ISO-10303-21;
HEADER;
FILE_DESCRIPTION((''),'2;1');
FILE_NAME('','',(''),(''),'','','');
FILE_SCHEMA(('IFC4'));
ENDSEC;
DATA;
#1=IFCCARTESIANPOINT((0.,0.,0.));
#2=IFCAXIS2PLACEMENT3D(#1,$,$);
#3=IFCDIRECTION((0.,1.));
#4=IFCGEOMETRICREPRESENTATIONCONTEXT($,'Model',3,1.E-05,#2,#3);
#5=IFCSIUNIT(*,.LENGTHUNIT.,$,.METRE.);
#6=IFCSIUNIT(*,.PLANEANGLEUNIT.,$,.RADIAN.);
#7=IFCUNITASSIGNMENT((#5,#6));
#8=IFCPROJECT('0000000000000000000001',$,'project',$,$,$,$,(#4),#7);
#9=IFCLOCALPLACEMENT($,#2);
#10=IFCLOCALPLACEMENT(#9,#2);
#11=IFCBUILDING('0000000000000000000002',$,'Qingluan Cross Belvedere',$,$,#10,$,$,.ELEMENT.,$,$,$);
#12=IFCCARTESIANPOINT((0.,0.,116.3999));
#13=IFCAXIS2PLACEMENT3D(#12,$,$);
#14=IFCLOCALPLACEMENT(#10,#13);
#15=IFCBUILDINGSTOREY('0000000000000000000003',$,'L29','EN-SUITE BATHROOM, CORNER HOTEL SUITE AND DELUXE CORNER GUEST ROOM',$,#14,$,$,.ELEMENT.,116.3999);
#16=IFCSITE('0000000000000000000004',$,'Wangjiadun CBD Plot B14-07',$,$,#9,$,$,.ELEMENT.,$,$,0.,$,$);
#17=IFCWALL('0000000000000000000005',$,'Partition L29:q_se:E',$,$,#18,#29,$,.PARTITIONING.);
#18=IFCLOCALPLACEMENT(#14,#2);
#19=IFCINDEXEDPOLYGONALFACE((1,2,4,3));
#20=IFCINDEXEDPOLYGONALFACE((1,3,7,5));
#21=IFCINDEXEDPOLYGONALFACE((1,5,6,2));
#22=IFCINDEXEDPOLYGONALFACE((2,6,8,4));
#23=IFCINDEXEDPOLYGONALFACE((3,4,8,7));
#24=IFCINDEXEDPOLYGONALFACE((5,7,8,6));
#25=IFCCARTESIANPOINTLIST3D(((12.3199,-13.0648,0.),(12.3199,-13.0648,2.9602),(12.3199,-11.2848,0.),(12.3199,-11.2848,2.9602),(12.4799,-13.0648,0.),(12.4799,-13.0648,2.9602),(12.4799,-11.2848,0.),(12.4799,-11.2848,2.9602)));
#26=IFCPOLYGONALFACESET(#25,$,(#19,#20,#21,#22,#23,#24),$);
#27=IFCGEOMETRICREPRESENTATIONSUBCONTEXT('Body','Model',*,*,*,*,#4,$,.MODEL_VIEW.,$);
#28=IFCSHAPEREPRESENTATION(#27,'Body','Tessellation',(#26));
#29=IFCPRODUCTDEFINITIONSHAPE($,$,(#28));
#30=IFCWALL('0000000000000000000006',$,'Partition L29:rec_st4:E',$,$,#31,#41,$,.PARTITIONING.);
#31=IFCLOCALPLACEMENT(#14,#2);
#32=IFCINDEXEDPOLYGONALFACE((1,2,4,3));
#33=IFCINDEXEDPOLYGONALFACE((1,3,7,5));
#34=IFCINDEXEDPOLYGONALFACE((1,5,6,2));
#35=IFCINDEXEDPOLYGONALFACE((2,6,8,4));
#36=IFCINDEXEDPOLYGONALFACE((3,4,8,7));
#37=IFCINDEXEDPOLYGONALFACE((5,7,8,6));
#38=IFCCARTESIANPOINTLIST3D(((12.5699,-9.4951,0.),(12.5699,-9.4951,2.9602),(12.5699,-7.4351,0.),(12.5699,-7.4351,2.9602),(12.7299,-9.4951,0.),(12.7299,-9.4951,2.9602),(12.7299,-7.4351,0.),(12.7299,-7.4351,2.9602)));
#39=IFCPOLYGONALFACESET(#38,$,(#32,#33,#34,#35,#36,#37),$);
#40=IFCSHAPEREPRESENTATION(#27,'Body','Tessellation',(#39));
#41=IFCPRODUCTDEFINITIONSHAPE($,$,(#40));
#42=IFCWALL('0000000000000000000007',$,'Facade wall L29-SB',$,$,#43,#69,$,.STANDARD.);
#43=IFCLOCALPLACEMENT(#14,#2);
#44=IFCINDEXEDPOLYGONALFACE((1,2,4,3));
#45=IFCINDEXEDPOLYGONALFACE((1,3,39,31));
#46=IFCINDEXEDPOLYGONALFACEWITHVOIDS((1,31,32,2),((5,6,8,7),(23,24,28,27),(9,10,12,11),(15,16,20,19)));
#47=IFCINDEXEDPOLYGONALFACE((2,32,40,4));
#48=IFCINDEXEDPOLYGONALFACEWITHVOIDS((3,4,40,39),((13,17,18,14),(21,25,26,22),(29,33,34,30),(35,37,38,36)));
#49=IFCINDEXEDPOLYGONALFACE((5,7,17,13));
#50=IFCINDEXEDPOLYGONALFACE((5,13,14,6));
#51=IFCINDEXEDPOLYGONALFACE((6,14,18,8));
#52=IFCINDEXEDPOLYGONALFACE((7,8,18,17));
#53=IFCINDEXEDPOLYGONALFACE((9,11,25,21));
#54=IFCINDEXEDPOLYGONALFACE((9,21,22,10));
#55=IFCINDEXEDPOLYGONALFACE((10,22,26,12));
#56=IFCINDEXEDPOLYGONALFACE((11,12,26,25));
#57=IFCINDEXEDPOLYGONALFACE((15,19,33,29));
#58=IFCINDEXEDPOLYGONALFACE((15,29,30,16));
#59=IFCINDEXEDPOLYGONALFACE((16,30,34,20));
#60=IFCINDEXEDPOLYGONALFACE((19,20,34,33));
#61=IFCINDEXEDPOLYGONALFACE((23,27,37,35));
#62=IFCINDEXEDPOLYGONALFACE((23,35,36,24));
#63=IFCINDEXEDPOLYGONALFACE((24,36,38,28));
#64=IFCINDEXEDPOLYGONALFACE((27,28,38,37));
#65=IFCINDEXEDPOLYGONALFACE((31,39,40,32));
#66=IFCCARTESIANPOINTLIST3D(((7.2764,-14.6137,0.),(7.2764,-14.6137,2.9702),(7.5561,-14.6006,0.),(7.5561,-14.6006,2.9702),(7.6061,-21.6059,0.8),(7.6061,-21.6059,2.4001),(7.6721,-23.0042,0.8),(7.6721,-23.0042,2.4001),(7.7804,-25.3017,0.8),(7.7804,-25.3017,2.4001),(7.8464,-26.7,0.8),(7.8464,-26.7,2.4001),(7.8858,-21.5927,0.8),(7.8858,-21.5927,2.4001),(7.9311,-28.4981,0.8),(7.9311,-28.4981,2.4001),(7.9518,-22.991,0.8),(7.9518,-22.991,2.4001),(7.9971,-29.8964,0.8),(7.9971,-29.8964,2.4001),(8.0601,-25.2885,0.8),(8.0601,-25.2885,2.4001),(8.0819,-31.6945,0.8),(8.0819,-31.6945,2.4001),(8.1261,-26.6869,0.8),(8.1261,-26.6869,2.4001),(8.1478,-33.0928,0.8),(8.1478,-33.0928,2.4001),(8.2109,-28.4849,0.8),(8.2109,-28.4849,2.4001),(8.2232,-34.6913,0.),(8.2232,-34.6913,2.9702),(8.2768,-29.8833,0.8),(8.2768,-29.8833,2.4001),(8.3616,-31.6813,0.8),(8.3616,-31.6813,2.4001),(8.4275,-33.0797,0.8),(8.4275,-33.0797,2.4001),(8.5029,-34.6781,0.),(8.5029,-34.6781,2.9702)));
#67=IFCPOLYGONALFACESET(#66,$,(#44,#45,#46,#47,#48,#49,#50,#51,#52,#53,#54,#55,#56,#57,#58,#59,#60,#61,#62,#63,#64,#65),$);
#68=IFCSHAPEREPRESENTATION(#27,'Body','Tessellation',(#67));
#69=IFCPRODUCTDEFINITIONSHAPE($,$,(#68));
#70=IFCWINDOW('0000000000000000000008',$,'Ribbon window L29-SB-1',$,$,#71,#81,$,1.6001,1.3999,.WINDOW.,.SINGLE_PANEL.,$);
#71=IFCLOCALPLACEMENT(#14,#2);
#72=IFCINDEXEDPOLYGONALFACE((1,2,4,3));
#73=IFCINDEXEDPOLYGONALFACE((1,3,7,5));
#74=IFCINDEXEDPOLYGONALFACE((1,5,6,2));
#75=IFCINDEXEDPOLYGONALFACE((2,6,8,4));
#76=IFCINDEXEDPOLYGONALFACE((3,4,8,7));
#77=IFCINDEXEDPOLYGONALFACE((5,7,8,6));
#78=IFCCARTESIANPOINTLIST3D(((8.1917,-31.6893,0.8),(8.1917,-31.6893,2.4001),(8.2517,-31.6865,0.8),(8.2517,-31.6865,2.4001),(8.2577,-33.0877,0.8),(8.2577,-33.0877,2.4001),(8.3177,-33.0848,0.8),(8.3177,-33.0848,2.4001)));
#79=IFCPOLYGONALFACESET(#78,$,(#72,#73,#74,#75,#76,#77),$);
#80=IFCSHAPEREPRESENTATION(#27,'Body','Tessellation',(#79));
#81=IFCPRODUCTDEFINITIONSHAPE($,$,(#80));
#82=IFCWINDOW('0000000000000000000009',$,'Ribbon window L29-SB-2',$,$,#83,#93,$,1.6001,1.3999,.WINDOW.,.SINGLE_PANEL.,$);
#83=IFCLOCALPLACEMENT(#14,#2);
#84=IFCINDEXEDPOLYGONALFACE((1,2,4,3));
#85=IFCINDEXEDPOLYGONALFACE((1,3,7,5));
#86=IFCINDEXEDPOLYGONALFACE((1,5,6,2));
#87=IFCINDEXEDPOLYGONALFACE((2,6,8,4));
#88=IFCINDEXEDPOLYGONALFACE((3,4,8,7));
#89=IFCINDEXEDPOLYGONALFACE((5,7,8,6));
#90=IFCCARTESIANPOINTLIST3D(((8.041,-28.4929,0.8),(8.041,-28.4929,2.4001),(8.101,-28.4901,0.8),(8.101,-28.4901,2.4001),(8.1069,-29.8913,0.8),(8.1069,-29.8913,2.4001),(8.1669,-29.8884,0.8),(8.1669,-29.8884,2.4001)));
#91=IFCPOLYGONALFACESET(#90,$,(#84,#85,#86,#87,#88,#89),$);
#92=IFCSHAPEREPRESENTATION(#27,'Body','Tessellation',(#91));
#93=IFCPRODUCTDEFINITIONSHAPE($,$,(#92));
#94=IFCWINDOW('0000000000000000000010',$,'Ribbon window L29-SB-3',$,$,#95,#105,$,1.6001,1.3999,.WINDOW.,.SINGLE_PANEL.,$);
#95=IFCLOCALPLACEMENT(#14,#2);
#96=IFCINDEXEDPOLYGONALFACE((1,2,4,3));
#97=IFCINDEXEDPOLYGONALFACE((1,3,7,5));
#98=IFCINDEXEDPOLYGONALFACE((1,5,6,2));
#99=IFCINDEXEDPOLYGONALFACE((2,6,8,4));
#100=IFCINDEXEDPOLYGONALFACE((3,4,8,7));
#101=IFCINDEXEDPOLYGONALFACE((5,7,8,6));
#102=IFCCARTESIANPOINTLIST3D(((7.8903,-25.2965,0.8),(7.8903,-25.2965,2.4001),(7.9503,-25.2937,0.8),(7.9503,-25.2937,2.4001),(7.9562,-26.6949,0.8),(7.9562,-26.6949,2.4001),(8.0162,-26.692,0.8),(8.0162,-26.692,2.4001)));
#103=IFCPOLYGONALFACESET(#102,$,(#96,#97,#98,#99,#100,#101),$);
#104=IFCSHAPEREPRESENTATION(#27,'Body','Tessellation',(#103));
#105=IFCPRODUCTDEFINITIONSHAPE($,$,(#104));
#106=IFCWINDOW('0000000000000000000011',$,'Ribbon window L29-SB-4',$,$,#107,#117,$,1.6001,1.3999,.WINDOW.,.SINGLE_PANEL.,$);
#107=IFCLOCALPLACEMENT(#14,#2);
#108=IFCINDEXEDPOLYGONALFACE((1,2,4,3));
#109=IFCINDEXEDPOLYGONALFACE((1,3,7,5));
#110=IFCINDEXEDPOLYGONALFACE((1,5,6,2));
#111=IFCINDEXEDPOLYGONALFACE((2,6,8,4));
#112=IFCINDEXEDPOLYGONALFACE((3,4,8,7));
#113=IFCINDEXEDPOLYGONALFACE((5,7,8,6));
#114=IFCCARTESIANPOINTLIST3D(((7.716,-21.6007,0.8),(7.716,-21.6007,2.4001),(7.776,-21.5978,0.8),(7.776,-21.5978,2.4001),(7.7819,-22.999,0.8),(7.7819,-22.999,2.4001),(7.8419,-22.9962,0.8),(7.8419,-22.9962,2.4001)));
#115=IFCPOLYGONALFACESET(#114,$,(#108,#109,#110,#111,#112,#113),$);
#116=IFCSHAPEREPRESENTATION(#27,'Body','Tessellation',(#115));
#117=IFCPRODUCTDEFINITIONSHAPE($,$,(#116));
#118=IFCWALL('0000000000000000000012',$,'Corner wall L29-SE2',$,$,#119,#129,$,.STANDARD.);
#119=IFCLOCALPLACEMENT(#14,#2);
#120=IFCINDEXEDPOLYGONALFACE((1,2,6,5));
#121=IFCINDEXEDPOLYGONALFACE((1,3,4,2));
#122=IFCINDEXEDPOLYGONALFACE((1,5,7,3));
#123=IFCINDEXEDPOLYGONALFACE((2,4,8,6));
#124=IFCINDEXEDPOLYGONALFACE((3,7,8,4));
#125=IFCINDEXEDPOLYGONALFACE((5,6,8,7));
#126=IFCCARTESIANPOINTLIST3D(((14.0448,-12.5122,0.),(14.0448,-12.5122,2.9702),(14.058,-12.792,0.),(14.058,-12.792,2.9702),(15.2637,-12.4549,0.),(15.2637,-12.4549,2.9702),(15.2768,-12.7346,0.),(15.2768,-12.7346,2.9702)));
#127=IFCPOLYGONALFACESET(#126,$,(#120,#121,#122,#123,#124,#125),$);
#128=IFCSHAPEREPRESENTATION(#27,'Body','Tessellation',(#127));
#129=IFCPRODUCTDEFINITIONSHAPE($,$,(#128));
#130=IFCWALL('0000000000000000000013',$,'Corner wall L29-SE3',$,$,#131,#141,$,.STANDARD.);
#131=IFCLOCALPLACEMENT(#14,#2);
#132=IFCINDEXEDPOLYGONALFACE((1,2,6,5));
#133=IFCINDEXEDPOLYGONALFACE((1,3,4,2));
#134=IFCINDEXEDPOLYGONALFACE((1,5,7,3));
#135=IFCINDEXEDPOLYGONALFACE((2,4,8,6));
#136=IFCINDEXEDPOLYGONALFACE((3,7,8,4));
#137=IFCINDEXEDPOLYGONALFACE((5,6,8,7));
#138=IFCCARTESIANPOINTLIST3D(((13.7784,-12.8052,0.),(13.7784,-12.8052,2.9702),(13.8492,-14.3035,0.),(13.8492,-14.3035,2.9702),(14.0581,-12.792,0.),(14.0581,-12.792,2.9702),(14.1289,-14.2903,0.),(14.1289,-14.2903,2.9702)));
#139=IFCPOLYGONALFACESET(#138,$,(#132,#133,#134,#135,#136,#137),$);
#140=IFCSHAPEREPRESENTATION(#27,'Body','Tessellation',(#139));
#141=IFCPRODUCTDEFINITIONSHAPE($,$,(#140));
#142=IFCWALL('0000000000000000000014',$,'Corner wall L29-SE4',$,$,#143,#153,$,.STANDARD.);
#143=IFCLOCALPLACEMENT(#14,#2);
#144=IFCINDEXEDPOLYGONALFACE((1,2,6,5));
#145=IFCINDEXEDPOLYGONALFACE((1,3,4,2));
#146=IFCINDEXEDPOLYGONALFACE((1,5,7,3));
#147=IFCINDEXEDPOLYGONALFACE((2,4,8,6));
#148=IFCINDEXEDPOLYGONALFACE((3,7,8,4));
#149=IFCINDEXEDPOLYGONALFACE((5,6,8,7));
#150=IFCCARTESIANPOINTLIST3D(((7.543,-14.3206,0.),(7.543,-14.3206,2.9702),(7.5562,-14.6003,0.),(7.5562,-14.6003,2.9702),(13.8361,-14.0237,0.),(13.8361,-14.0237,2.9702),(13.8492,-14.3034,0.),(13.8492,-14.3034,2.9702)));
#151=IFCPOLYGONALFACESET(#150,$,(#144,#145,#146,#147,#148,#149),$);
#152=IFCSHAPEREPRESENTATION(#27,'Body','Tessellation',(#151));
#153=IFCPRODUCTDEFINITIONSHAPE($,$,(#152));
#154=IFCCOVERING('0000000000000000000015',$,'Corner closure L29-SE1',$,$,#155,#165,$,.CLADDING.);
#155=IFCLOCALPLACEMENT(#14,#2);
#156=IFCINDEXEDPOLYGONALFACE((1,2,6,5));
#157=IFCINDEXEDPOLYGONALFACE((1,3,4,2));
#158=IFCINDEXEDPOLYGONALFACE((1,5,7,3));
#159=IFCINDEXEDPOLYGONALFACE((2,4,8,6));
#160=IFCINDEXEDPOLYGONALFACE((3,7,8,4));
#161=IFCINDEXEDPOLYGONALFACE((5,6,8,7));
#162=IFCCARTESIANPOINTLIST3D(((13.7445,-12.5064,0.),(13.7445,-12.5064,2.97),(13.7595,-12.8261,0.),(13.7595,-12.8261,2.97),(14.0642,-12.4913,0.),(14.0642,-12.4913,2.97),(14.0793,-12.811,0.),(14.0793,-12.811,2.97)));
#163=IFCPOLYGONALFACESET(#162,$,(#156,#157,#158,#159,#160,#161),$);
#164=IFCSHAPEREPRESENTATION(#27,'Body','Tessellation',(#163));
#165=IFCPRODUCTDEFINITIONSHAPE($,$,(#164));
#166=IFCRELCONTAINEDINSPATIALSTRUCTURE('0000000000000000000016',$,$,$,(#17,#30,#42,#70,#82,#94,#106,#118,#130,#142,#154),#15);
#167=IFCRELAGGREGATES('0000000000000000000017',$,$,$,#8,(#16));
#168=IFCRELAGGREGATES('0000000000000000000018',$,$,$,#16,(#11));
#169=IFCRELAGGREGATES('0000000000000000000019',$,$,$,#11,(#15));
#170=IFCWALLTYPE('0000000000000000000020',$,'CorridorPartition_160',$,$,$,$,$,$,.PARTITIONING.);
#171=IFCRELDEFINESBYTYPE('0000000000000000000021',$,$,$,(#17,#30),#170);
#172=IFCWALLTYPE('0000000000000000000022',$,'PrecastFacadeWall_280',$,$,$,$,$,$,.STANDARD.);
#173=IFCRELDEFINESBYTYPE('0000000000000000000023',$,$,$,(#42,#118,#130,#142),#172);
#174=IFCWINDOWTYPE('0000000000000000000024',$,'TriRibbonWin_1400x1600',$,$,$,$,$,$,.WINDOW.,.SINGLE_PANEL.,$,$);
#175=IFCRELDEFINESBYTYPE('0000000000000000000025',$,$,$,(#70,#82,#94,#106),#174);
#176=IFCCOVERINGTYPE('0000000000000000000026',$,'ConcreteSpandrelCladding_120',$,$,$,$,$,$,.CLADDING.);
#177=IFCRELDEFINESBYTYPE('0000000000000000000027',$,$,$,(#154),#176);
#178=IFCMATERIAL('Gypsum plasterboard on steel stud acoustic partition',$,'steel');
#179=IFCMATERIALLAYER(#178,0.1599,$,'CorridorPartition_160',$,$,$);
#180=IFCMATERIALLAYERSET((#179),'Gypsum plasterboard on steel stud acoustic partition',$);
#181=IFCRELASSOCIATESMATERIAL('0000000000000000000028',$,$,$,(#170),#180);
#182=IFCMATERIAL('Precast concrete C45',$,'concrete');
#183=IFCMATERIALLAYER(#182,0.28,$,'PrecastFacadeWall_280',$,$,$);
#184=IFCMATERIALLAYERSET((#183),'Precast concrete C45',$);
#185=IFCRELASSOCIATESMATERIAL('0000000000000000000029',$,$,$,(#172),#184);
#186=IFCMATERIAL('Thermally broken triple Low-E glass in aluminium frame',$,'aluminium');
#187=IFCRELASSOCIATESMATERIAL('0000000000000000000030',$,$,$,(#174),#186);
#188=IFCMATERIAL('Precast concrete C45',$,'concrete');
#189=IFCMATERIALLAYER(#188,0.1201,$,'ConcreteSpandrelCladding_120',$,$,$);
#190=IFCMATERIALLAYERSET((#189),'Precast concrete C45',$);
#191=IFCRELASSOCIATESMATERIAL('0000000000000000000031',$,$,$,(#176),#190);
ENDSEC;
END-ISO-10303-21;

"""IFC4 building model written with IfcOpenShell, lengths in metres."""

from ifc_helpers import new_model, si_unit, direction, frame, frame_2d, origin, origin_2d, place, context, subcontext, project, spatial, rectangle, extrude, material, layer, layer_set, type_object, element, fill, save


model = new_model("IFC4")

# Units and contexts
model_context = context("Model", 3, precision=1e-05, world=origin(), true_north=direction((0.0, 1.0)))
body_context = subcontext(model_context, "Body", "Model", "MODEL_VIEW")
ifc_project = project(units=[si_unit("LENGTHUNIT", "METRE"), si_unit("PLANEANGLEUNIT", "RADIAN")], contexts=[model_context])

# Site, building, storey
site_placement = place(None, origin())
site = spatial("IfcSite", under=ifc_project, at=site_placement, Name="Wangjiadun CBD Plot B14-07", CompositionType="ELEMENT", RefElevation=0.0)
building_placement = place(site_placement, origin())
building = spatial("IfcBuilding", under=site, at=building_placement, Name="Qingluan Cross Belvedere", CompositionType="ELEMENT")
storey_placement = place(building_placement, frame((0.0, 0.0, 116.3999)))
storey = spatial("IfcBuildingStorey", under=building, at=storey_placement, Name="L29", Description="EN-SUITE BATHROOM, CORNER HOTEL SUITE AND DELUXE CORNER GUEST ROOM", CompositionType="ELEMENT", Elevation=116.3999)

# Walls
ifc_material_1 = material(Name="Gypsum plasterboard on steel stud acoustic partition", Category="steel")
ifc_layer_1 = layer(ifc_material_1, 0.1599, Name="CorridorPartition_160")
ifc_layer_set_1 = layer_set([ifc_layer_1], Name="Gypsum plasterboard on steel stud acoustic partition")
wall_type_1 = type_object("IfcWallType", Name="CorridorPartition_160", PredefinedType="PARTITIONING", material=ifc_layer_set_1)
wall_1_placement = place(storey_placement, frame((12.3999, -13.0649, 0.0), z_axis=(0.0, 0.0, 1.0), x_axis=(0.0, 1.0, 0.0)))
element("IfcWall", 1, at=wall_1_placement, inside=storey, type_object=wall_type_1, Name="Partition L29:q_se:E", PredefinedType="PARTITIONING", context=body_context, shape_type="SweptSolid", body=[
    extrude(rectangle(XDim=1.78, YDim=0.1599, at=frame_2d((0.8901, 0.0))), origin(), (0.0, 0.0, 1.0), 2.9602),
])
wall_2_placement = place(storey_placement, frame((12.6499, -9.4951, 0.0), z_axis=(0.0, 0.0, 1.0), x_axis=(0.0, 1.0, 0.0)))
element("IfcWall", 2, at=wall_2_placement, inside=storey, type_object=wall_type_1, Name="Partition L29:rec_st4:E", PredefinedType="PARTITIONING", context=body_context, shape_type="SweptSolid", body=[
    extrude(rectangle(XDim=2.0601, YDim=0.1599, at=frame_2d((1.03, 0.0))), origin(), (0.0, 0.0, 1.0), 2.9602),
])

# Wall, openings, windows
ifc_material_2 = material(Name="Precast concrete C45", Category="concrete")
ifc_layer_2 = layer(ifc_material_2, 0.28, Name="PrecastFacadeWall_280")
ifc_layer_set_2 = layer_set([ifc_layer_2], Name="Precast concrete C45")
wall_type_2 = type_object("IfcWallType", Name="PrecastFacadeWall_280", PredefinedType="STANDARD", material=ifc_layer_set_2)
wall_3_placement = place(storey_placement, frame((8.363, -34.6846, 0.0), z_axis=(0.0, 0.0, 1.0), x_axis=(-0.047103, 0.99889, 0.0)))
wall_3 = element("IfcWall", 3, at=wall_3_placement, inside=storey, type_object=wall_type_2, Name="Facade wall L29-SB", PredefinedType="STANDARD", context=body_context, shape_type="SweptSolid", body=[
    extrude(rectangle(XDim=20.0999, YDim=0.28, at=frame_2d((10.0498, 0.0))), origin(), (0.0, 0.0, 1.0), 2.9702),
])
opening_1_placement = place(wall_3_placement, frame((1.6001, 0.0, 0.8)))
opening_1 = element("IfcOpeningElement", 4, at=opening_1_placement, cuts=wall_3, PredefinedType="OPENING", context=body_context, shape_type="SweptSolid", body=[
    extrude(rectangle(XDim=1.3999, YDim=1.6001, at=frame_2d((0.7, 0.8))), frame((0.0, 0.1499, 0.0), z_axis=(0.0, -1.0, 0.0), x_axis=(1.0, 0.0, 0.0)), (0.0, 0.0, 1.0), 0.3),
])
opening_2_placement = place(wall_3_placement, frame((4.8, 0.0, 0.8)))
opening_2 = element("IfcOpeningElement", 5, at=opening_2_placement, cuts=wall_3, PredefinedType="OPENING", context=body_context, shape_type="SweptSolid", body=[
    extrude(rectangle(XDim=1.3999, YDim=1.6001, at=frame_2d((0.7, 0.8))), frame((0.0, 0.1499, 0.0), z_axis=(0.0, -1.0, 0.0), x_axis=(1.0, 0.0, 0.0)), (0.0, 0.0, 1.0), 0.3),
])
opening_3_placement = place(wall_3_placement, frame((8.0, 0.0, 0.8)))
opening_3 = element("IfcOpeningElement", 6, at=opening_3_placement, cuts=wall_3, PredefinedType="OPENING", context=body_context, shape_type="SweptSolid", body=[
    extrude(rectangle(XDim=1.3999, YDim=1.6001, at=frame_2d((0.7, 0.8))), frame((0.0, 0.1499, 0.0), z_axis=(0.0, -1.0, 0.0), x_axis=(1.0, 0.0, 0.0)), (0.0, 0.0, 1.0), 0.3),
])
opening_4_placement = place(wall_3_placement, frame((11.7, 0.0, 0.8)))
opening_4 = element("IfcOpeningElement", 7, at=opening_4_placement, cuts=wall_3, PredefinedType="OPENING", context=body_context, shape_type="SweptSolid", body=[
    extrude(rectangle(XDim=1.3999, YDim=1.6001, at=frame_2d((0.7, 0.8))), frame((0.0, 0.1499, 0.0), z_axis=(0.0, -1.0, 0.0), x_axis=(1.0, 0.0, 0.0)), (0.0, 0.0, 1.0), 0.3),
])
ifc_material_3 = material(Name="Thermally broken triple Low-E glass in aluminium frame", Category="aluminium")
window_type = type_object("IfcWindowType", Name="TriRibbonWin_1400x1600", PartitioningType="SINGLE_PANEL", PredefinedType="WINDOW", material=ifc_material_3)
window_1_placement = place(opening_1_placement, origin())
window_1 = element("IfcWindow", 8, at=window_1_placement, inside=storey, type_object=window_type, Name="Ribbon window L29-SB-1", OverallHeight=1.6001, OverallWidth=1.3999, PartitioningType="SINGLE_PANEL", PredefinedType="WINDOW", context=body_context, shape_type="SweptSolid", body=[
    extrude(rectangle(XDim=1.3999, YDim=1.6001, at=frame_2d((0.7, 0.8))), frame((0.0, 0.03, 0.0), z_axis=(0.0, -1.0, 0.0), x_axis=(1.0, 0.0, 0.0)), (0.0, 0.0, 1.0), 0.0601),
])
fill(opening_1, window_1)
window_2_placement = place(opening_2_placement, origin())
window_2 = element("IfcWindow", 9, at=window_2_placement, inside=storey, type_object=window_type, Name="Ribbon window L29-SB-2", OverallHeight=1.6001, OverallWidth=1.3999, PartitioningType="SINGLE_PANEL", PredefinedType="WINDOW", context=body_context, shape_type="SweptSolid", body=[
    extrude(rectangle(XDim=1.3999, YDim=1.6001, at=frame_2d((0.7, 0.8))), frame((0.0, 0.03, 0.0), z_axis=(0.0, -1.0, 0.0), x_axis=(1.0, 0.0, 0.0)), (0.0, 0.0, 1.0), 0.0601),
])
fill(opening_2, window_2)
window_3_placement = place(opening_3_placement, origin())
window_3 = element("IfcWindow", 10, at=window_3_placement, inside=storey, type_object=window_type, Name="Ribbon window L29-SB-3", OverallHeight=1.6001, OverallWidth=1.3999, PartitioningType="SINGLE_PANEL", PredefinedType="WINDOW", context=body_context, shape_type="SweptSolid", body=[
    extrude(rectangle(XDim=1.3999, YDim=1.6001, at=frame_2d((0.7, 0.8))), frame((0.0, 0.03, 0.0), z_axis=(0.0, -1.0, 0.0), x_axis=(1.0, 0.0, 0.0)), (0.0, 0.0, 1.0), 0.0601),
])
fill(opening_3, window_3)
window_4_placement = place(opening_4_placement, origin())
window_4 = element("IfcWindow", 11, at=window_4_placement, inside=storey, type_object=window_type, Name="Ribbon window L29-SB-4", OverallHeight=1.6001, OverallWidth=1.3999, PartitioningType="SINGLE_PANEL", PredefinedType="WINDOW", context=body_context, shape_type="SweptSolid", body=[
    extrude(rectangle(XDim=1.3999, YDim=1.6001, at=frame_2d((0.7, 0.8))), frame((0.0, 0.03, 0.0), z_axis=(0.0, -1.0, 0.0), x_axis=(1.0, 0.0, 0.0)), (0.0, 0.0, 1.0), 0.0601),
])
fill(opening_4, window_4)

# Walls
wall_4_placement = place(storey_placement, frame((15.2703, -12.5947, 0.0), z_axis=(0.0, 0.0, 1.0), x_axis=(-0.998894, -0.047023, 0.0)))
element("IfcWall", 12, at=wall_4_placement, inside=storey, type_object=wall_type_2, Name="Corner wall L29-SE2", PredefinedType="STANDARD", context=body_context, shape_type="SweptSolid", body=[
    extrude(rectangle(XDim=1.2202, YDim=0.28, at=frame_2d((0.6101, 0.0))), origin(), (0.0, 0.0, 1.0), 2.9702),
])
wall_5_placement = place(storey_placement, frame((13.9182, -12.7986, 0.0), z_axis=(0.0, 0.0, 1.0), x_axis=(0.047202, -0.998885, 0.0)))
element("IfcWall", 13, at=wall_5_placement, inside=storey, type_object=wall_type_2, Name="Corner wall L29-SE3", PredefinedType="STANDARD", context=body_context, shape_type="SweptSolid", body=[
    extrude(rectangle(XDim=1.5, YDim=0.28, at=frame_2d((0.75, 0.0))), origin(), (0.0, 0.0, 1.0), 2.9702),
])
wall_6_placement = place(storey_placement, frame((13.8425, -14.1636, 0.0), z_axis=(0.0, 0.0, 1.0), x_axis=(-0.998889, -0.047123, 0.0)))
element("IfcWall", 14, at=wall_6_placement, inside=storey, type_object=wall_type_2, Name="Corner wall L29-SE4", PredefinedType="STANDARD", context=body_context, shape_type="SweptSolid", body=[
    extrude(rectangle(XDim=6.3, YDim=0.28, at=frame_2d((3.1499, 0.0))), origin(), (0.0, 0.0, 1.0), 2.9702),
])

# Covering
ifc_material_4 = material(Name="Precast concrete C45", Category="concrete")
ifc_layer_3 = layer(ifc_material_4, 0.1201, Name="ConcreteSpandrelCladding_120")
ifc_layer_set_3 = layer_set([ifc_layer_3], Name="Precast concrete C45")
covering_type_1 = type_object("IfcCoveringType", Name="ConcreteSpandrelCladding_120", PredefinedType="CLADDING", material=ifc_layer_set_3)
covering_1_placement = place(storey_placement, frame((13.9119, -12.6587, 0.0), z_axis=(0.0, 0.0, 1.0), x_axis=(0.99889, 0.047106, 0.0)))
element("IfcCovering", 15, at=covering_1_placement, inside=storey, type_object=covering_type_1, Name="Corner closure L29-SE1", PredefinedType="CLADDING", context=body_context, shape_type="SweptSolid", body=[
    extrude(rectangle(XDim=0.3201, YDim=0.3201, at=origin_2d()), origin(), (0.0, 0.0, 1.0), 2.97),
])

save(model, "model.ifc")
